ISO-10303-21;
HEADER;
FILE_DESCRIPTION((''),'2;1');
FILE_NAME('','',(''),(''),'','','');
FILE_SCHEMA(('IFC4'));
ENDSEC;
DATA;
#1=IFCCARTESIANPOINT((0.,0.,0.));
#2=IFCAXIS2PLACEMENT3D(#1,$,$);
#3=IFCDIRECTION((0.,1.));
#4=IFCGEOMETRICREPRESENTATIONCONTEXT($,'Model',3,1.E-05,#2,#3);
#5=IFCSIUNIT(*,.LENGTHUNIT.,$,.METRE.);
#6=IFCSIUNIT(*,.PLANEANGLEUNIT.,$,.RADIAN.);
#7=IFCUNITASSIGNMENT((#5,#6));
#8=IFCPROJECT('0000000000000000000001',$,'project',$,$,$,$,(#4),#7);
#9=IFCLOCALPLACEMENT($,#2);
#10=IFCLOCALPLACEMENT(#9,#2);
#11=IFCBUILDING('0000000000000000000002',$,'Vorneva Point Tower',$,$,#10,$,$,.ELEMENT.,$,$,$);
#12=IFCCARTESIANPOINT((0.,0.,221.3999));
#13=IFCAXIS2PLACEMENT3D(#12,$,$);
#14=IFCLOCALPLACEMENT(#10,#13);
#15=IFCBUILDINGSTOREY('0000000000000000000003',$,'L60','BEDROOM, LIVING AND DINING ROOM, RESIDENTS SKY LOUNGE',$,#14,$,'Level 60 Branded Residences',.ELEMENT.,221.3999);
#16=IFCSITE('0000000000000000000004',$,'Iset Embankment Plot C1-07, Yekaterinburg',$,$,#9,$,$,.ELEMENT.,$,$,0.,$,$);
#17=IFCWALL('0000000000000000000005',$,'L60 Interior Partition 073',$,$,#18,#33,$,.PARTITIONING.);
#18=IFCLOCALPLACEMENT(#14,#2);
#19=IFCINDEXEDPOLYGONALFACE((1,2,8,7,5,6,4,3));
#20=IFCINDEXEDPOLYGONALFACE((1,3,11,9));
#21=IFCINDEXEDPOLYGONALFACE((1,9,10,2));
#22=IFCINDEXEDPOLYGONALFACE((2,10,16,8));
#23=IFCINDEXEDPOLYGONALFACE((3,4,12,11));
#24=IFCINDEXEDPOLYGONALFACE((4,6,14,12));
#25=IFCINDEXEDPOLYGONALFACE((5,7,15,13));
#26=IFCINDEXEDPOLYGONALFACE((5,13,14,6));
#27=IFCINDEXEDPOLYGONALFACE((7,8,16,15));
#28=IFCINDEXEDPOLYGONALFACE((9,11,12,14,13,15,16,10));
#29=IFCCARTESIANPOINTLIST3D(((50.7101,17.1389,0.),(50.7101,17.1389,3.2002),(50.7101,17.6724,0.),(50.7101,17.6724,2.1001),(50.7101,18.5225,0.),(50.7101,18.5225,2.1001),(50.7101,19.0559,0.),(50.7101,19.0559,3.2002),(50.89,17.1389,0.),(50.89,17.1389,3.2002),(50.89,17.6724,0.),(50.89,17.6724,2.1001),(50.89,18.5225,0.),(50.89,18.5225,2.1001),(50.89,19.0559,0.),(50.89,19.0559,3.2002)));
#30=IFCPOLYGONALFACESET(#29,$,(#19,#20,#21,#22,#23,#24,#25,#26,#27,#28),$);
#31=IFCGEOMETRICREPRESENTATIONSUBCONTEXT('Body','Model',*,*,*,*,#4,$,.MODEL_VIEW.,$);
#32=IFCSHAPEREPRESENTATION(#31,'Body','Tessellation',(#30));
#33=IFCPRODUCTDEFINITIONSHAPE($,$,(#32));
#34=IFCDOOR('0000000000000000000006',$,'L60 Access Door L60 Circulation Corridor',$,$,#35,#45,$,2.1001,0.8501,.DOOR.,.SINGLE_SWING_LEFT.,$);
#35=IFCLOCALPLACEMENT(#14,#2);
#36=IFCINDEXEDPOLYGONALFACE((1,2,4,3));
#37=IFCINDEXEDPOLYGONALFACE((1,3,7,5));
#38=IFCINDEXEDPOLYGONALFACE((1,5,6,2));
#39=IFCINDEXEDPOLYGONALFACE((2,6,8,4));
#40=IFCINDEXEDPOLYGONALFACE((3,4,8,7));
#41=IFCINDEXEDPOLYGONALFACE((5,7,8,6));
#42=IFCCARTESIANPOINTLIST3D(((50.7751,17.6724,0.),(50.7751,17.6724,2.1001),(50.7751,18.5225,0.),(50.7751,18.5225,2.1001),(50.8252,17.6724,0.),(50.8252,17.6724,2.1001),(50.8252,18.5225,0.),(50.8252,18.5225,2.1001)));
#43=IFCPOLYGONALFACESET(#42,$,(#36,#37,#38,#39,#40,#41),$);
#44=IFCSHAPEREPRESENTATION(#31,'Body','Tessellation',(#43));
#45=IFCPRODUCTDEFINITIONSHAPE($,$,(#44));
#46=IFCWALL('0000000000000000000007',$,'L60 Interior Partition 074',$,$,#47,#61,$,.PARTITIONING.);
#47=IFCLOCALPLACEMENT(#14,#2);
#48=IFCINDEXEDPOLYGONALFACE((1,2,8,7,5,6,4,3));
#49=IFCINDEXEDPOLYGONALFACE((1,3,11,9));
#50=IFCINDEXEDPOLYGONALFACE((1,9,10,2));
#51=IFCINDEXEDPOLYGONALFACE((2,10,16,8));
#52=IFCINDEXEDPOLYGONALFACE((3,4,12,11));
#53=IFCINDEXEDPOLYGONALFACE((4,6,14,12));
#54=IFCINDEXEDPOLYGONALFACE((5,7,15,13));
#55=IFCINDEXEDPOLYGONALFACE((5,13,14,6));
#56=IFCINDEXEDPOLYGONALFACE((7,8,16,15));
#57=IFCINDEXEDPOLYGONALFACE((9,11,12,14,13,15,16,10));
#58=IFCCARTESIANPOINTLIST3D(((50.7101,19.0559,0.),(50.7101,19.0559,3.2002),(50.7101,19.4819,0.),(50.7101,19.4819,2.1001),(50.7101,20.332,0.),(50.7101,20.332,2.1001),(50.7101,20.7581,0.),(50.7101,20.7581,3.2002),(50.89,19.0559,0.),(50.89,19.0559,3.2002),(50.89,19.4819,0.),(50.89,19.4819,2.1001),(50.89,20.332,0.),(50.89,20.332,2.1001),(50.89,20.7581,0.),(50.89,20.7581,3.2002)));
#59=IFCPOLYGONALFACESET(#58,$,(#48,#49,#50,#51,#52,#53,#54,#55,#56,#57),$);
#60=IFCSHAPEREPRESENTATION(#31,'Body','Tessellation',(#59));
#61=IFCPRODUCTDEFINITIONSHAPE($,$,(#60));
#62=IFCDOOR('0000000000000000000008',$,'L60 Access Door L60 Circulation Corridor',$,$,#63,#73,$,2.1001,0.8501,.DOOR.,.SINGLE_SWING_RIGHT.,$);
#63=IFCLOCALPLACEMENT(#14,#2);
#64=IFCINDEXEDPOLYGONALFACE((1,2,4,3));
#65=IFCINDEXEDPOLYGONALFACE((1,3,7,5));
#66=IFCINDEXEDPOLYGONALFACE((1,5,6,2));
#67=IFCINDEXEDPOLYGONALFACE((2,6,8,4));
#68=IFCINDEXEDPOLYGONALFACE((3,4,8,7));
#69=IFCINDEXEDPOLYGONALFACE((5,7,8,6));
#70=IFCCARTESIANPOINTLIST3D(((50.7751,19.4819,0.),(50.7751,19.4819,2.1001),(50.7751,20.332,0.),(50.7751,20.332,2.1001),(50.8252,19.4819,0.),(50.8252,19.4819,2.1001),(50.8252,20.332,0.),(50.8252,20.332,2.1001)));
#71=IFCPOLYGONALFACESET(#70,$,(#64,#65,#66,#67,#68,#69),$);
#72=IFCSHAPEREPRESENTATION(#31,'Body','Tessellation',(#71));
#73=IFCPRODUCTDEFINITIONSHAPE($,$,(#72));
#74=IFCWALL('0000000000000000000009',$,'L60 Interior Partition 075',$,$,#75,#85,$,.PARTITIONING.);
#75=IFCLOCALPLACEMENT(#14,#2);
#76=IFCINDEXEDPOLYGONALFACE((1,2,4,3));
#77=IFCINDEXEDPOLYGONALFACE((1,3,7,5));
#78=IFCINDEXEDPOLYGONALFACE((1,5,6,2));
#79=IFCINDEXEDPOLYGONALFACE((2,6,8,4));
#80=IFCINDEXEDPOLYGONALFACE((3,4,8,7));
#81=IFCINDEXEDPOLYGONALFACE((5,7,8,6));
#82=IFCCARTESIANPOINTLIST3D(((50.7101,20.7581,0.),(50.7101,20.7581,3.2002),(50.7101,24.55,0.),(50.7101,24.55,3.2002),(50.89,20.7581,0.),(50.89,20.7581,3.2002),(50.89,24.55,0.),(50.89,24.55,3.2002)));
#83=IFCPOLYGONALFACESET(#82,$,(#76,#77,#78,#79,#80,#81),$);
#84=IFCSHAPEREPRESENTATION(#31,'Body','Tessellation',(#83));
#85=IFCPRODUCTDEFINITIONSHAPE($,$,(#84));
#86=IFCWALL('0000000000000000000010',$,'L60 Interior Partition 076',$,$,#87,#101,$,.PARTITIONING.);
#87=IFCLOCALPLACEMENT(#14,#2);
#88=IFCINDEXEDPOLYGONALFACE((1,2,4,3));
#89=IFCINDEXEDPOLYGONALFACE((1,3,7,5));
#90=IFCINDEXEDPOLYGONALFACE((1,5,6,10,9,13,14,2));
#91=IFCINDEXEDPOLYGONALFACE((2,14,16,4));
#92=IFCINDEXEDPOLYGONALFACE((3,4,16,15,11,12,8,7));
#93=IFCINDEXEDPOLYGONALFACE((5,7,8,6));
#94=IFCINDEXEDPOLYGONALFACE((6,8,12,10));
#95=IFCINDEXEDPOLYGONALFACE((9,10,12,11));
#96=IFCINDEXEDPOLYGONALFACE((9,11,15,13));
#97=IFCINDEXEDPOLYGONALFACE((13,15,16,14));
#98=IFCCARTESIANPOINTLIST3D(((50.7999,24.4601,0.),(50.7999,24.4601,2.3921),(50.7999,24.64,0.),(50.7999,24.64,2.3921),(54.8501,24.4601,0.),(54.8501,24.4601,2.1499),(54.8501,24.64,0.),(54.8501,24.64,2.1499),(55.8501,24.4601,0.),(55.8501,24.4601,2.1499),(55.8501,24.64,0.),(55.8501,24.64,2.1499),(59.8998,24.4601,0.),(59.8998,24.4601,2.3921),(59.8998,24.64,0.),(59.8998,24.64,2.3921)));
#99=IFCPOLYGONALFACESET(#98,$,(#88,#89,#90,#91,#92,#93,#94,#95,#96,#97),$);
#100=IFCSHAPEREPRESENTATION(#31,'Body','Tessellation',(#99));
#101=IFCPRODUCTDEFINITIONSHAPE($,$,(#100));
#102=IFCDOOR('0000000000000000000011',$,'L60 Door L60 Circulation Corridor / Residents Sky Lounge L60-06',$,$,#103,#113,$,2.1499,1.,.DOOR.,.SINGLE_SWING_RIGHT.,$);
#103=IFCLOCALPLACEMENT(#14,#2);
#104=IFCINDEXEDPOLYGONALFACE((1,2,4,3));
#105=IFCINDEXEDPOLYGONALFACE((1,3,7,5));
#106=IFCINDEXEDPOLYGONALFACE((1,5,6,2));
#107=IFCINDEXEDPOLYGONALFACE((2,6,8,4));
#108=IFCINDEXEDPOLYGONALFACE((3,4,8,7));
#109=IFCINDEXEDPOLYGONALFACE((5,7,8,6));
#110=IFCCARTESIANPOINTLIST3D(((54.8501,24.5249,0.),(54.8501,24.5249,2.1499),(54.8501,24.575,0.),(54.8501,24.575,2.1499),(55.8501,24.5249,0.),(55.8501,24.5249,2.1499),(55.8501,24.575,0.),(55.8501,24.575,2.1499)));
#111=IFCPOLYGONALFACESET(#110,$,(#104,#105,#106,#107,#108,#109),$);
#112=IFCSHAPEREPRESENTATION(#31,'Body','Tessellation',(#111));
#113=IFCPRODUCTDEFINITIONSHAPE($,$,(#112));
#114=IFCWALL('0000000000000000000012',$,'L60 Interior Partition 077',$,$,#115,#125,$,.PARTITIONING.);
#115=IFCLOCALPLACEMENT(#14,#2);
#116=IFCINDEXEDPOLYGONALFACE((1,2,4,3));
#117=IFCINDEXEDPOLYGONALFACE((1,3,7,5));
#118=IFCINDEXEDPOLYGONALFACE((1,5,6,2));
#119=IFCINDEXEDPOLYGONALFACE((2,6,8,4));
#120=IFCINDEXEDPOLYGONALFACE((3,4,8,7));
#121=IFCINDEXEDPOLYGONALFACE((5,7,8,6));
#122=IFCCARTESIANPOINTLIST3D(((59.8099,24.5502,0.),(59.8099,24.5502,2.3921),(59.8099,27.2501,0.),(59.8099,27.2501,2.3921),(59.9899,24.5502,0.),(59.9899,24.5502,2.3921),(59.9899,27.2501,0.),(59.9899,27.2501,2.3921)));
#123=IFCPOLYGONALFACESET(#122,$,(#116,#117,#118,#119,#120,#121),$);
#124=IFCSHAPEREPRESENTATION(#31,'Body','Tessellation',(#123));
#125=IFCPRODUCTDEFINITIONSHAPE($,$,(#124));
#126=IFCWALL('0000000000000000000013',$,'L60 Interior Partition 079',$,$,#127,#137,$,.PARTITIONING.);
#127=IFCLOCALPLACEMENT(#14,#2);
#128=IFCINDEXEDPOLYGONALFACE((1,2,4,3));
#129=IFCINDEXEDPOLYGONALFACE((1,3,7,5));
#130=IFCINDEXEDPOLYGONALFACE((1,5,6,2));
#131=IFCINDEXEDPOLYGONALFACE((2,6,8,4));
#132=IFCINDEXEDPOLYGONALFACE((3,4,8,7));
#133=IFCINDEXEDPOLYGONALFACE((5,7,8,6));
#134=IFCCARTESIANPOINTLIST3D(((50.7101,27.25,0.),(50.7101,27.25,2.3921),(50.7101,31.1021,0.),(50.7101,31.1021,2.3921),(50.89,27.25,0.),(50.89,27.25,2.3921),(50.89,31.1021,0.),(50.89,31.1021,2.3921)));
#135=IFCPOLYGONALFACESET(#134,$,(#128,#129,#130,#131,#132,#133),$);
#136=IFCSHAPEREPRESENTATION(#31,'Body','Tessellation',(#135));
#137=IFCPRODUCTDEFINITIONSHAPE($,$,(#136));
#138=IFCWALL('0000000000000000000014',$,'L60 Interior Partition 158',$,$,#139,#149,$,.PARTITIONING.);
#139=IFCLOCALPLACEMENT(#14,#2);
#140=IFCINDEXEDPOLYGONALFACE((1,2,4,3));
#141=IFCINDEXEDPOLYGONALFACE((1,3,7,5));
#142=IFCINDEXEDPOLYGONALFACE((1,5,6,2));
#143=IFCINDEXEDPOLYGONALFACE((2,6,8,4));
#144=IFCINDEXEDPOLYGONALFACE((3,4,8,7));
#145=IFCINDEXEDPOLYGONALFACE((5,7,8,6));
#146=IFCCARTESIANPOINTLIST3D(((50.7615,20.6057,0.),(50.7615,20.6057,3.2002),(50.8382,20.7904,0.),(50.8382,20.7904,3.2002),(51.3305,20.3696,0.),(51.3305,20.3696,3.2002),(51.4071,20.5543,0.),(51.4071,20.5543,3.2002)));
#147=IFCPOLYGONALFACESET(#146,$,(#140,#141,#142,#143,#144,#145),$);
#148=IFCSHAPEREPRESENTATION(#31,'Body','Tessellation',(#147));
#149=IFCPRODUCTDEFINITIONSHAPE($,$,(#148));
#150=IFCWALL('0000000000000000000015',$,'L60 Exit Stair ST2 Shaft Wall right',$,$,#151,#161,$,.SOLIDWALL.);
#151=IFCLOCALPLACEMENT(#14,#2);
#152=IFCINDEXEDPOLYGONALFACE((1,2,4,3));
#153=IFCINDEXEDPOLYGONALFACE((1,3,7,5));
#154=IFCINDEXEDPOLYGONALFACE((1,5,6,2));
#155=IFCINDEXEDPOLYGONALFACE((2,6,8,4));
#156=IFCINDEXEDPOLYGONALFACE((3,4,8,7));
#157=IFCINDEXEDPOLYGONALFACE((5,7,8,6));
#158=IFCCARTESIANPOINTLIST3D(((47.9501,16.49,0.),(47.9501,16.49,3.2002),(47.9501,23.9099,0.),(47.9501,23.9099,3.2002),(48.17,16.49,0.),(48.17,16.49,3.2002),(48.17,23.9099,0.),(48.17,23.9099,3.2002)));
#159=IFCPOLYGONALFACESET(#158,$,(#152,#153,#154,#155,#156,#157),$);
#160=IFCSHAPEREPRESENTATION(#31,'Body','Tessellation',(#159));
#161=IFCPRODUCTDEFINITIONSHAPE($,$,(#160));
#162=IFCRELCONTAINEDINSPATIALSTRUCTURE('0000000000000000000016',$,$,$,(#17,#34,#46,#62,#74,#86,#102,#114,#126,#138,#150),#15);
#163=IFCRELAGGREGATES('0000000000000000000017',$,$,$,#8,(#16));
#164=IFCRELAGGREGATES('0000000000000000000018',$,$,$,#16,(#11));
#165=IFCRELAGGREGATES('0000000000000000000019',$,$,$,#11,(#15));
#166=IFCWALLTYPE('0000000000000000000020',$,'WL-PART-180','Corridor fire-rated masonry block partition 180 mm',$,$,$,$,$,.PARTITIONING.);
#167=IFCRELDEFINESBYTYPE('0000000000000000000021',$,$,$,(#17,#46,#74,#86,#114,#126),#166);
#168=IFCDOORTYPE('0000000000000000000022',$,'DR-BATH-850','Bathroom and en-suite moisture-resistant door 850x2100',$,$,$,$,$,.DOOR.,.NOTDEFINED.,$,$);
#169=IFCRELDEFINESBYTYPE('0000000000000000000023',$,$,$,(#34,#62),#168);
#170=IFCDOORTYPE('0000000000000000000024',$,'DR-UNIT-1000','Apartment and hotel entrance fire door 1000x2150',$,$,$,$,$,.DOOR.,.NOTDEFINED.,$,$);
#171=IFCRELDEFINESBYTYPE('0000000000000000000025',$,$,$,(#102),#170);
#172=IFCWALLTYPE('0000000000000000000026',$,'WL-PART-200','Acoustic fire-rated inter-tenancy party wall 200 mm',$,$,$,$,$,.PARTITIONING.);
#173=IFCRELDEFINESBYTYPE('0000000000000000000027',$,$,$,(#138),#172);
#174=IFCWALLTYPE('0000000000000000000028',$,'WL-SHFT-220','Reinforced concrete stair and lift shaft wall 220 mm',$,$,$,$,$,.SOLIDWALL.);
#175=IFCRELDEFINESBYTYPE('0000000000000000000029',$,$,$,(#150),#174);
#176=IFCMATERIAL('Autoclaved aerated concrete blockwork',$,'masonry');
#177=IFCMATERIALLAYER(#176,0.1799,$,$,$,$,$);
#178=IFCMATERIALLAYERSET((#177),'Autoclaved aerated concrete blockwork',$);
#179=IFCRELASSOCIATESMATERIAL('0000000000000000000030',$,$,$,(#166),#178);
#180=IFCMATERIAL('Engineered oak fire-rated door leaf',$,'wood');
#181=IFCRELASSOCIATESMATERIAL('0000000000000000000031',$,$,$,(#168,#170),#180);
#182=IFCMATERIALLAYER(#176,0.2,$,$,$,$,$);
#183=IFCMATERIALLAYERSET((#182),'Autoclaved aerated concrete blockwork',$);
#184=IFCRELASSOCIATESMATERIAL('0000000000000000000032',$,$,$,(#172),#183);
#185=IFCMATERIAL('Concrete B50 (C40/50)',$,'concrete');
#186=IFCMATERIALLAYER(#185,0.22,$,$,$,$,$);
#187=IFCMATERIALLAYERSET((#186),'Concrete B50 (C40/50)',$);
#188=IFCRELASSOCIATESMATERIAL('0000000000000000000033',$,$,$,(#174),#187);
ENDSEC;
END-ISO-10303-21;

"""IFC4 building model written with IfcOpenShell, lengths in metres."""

from ifc_helpers import new_model, si_unit, direction, frame, frame_2d, origin, place, context, subcontext, project, spatial, rectangle, extrude, material, layer, layer_set, type_object, element, fill, save


model = new_model("IFC4")

# Units and contexts
model_context = context("Model", 3, precision=1e-05, world=origin(), true_north=direction((0.0, 1.0)))
body_context = subcontext(model_context, "Body", "Model", "MODEL_VIEW")
ifc_project = project(units=[si_unit("LENGTHUNIT", "METRE"), si_unit("PLANEANGLEUNIT", "RADIAN")], contexts=[model_context])

# Site, building, storey
site_placement = place(None, origin())
site = spatial("IfcSite", under=ifc_project, at=site_placement, Name="Iset Embankment Plot C1-07, Yekaterinburg", CompositionType="ELEMENT", RefElevation=0.0)
building_placement = place(site_placement, origin())
building = spatial("IfcBuilding", under=site, at=building_placement, Name="Vorneva Point Tower", CompositionType="ELEMENT")
storey_placement = place(building_placement, frame((0.0, 0.0, 221.3999)))
storey = spatial("IfcBuildingStorey", under=building, at=storey_placement, Name="L60", Description="BEDROOM, LIVING AND DINING ROOM, RESIDENTS SKY LOUNGE", LongName="Level 60 Branded Residences", CompositionType="ELEMENT", Elevation=221.3999)

# Shared definitions
ifc_material_1 = material(Name="Concrete B50 (C40/50)", Category="concrete")

# Walls, openings, doors
ifc_material_2 = material(Name="Autoclaved aerated concrete blockwork", Category="masonry")
ifc_layer_1 = layer(ifc_material_2, 0.1799)
ifc_layer_set_1 = layer_set([ifc_layer_1], Name="Autoclaved aerated concrete blockwork")
wall_type_1 = type_object("IfcWallType", Name="WL-PART-180", Description="Corridor fire-rated masonry block partition 180 mm", PredefinedType="PARTITIONING", material=ifc_layer_set_1)
wall_1_placement = place(storey_placement, frame((50.8, 17.1389, 0.0), z_axis=(0.0, 0.0, 1.0), x_axis=(0.0, 1.0, 0.0)))
wall_1 = element("IfcWall", 1, at=wall_1_placement, inside=storey, type_object=wall_type_1, Name="L60 Interior Partition 073", PredefinedType="PARTITIONING", context=body_context, shape_type="SweptSolid", body=[
    extrude(rectangle(XDim=1.917, YDim=0.1799, at=frame_2d((0.9585, 0.0))), origin(), (0.0, 0.0, 1.0), 3.2002),
])
opening_1_placement = place(wall_1_placement, frame((0.5334, 0.0, 0.0)))
opening_1 = element("IfcOpeningElement", 2, at=opening_1_placement, cuts=wall_1, PredefinedType="OPENING", context=body_context, shape_type="SweptSolid", body=[
    extrude(rectangle(XDim=0.8501, YDim=2.1001, at=frame_2d((0.425, 1.05))), frame((0.0, 0.105, 0.0), z_axis=(0.0, -1.0, 0.0), x_axis=(1.0, 0.0, 0.0)), (0.0, 0.0, 1.0), 0.2097),
])
ifc_material_3 = material(Name="Engineered oak fire-rated door leaf", Category="wood")
door_type_1 = type_object("IfcDoorType", Name="DR-BATH-850", Description="Bathroom and en-suite moisture-resistant door 850x2100", OperationType="NOTDEFINED", PredefinedType="DOOR", material=ifc_material_3)
door_1_placement = place(opening_1_placement, origin())
door_1 = element("IfcDoor", 3, at=door_1_placement, inside=storey, type_object=door_type_1, Name="L60 Access Door L60 Circulation Corridor", OperationType="SINGLE_SWING_LEFT", OverallHeight=2.1001, OverallWidth=0.8501, PredefinedType="DOOR", context=body_context, shape_type="SweptSolid", body=[
    extrude(rectangle(XDim=0.8501, YDim=2.1001, at=frame_2d((0.425, 1.05))), frame((0.0, 0.0249, 0.0), z_axis=(0.0, -1.0, 0.0), x_axis=(1.0, 0.0, 0.0)), (0.0, 0.0, 1.0), 0.05),
])
fill(opening_1, door_1)
wall_2_placement = place(storey_placement, frame((50.8, 19.0559, 0.0), z_axis=(0.0, 0.0, 1.0), x_axis=(0.0, 1.0, 0.0)))
wall_2 = element("IfcWall", 4, at=wall_2_placement, inside=storey, type_object=wall_type_1, Name="L60 Interior Partition 074", PredefinedType="PARTITIONING", context=body_context, shape_type="SweptSolid", body=[
    extrude(rectangle(XDim=1.7021, YDim=0.1799, at=frame_2d((0.8511, 0.0))), origin(), (0.0, 0.0, 1.0), 3.2002),
])
opening_2_placement = place(wall_2_placement, frame((0.426, 0.0, 0.0)))
opening_2 = element("IfcOpeningElement", 5, at=opening_2_placement, cuts=wall_2, PredefinedType="OPENING", context=body_context, shape_type="SweptSolid", body=[
    extrude(rectangle(XDim=0.8501, YDim=2.1001, at=frame_2d((0.425, 1.05))), frame((0.0, 0.105, 0.0), z_axis=(0.0, -1.0, 0.0), x_axis=(1.0, 0.0, 0.0)), (0.0, 0.0, 1.0), 0.2097),
])
door_2_placement = place(opening_2_placement, origin())
door_2 = element("IfcDoor", 6, at=door_2_placement, inside=storey, type_object=door_type_1, Name="L60 Access Door L60 Circulation Corridor", OperationType="SINGLE_SWING_RIGHT", OverallHeight=2.1001, OverallWidth=0.8501, PredefinedType="DOOR", context=body_context, shape_type="SweptSolid", body=[
    extrude(rectangle(XDim=0.8501, YDim=2.1001, at=frame_2d((0.425, 1.05))), frame((0.0, 0.0249, 0.0), z_axis=(0.0, -1.0, 0.0), x_axis=(1.0, 0.0, 0.0)), (0.0, 0.0, 1.0), 0.05),
])
fill(opening_2, door_2)

# Wall
wall_3_placement = place(storey_placement, frame((50.8, 20.7581, 0.0), z_axis=(0.0, 0.0, 1.0), x_axis=(0.0, 1.0, 0.0)))
element("IfcWall", 7, at=wall_3_placement, inside=storey, type_object=wall_type_1, Name="L60 Interior Partition 075", PredefinedType="PARTITIONING", context=body_context, shape_type="SweptSolid", body=[
    extrude(rectangle(XDim=3.792, YDim=0.1799, at=frame_2d((1.896, 0.0))), origin(), (0.0, 0.0, 1.0), 3.2002),
])

# Wall, opening, door
wall_4_placement = place(storey_placement, frame((50.8, 24.55, 0.0), z_axis=(0.0, 0.0, 1.0), x_axis=(1.0, 0.0, 0.0)))
wall_4 = element("IfcWall", 8, at=wall_4_placement, inside=storey, type_object=wall_type_1, Name="L60 Interior Partition 076", PredefinedType="PARTITIONING", context=body_context, shape_type="SweptSolid", body=[
    extrude(rectangle(XDim=9.0999, YDim=0.1799, at=frame_2d((4.5498, 0.0))), origin(), (0.0, 0.0, 1.0), 2.3921),
])
opening_3_placement = place(wall_4_placement, frame((4.05, 0.0, 0.0)))
opening_3 = element("IfcOpeningElement", 9, at=opening_3_placement, cuts=wall_4, PredefinedType="OPENING", context=body_context, shape_type="SweptSolid", body=[
    extrude(rectangle(XDim=1.0, YDim=2.1499, at=frame_2d((0.5, 1.075))), frame((0.0, 0.105, 0.0), z_axis=(0.0, -1.0, 0.0), x_axis=(1.0, 0.0, 0.0)), (0.0, 0.0, 1.0), 0.2097),
])
door_type_2 = type_object("IfcDoorType", Name="DR-UNIT-1000", Description="Apartment and hotel entrance fire door 1000x2150", OperationType="NOTDEFINED", PredefinedType="DOOR", material=ifc_material_3)
door_3_placement = place(opening_3_placement, origin())
door_3 = element("IfcDoor", 10, at=door_3_placement, inside=storey, type_object=door_type_2, Name="L60 Door L60 Circulation Corridor / Residents Sky Lounge L60-06", OperationType="SINGLE_SWING_RIGHT", OverallHeight=2.1499, OverallWidth=1.0, PredefinedType="DOOR", context=body_context, shape_type="SweptSolid", body=[
    extrude(rectangle(XDim=1.0, YDim=2.1499, at=frame_2d((0.5, 1.075))), frame((0.0, 0.0249, 0.0), z_axis=(0.0, -1.0, 0.0), x_axis=(1.0, 0.0, 0.0)), (0.0, 0.0, 1.0), 0.05),
])
fill(opening_3, door_3)

# Walls
wall_5_placement = place(storey_placement, frame((59.8999, 24.55, 0.0), z_axis=(0.0, 0.0, 1.0), x_axis=(0.0, 1.0, 0.0)))
element("IfcWall", 11, at=wall_5_placement, inside=storey, type_object=wall_type_1, Name="L60 Interior Partition 077", PredefinedType="PARTITIONING", context=body_context, shape_type="SweptSolid", body=[
    extrude(rectangle(XDim=2.7, YDim=0.1799, at=frame_2d((1.3501, 0.0))), origin(), (0.0, 0.0, 1.0), 2.3921),
])
wall_6_placement = place(storey_placement, frame((50.8, 27.25, 0.0), z_axis=(0.0, 0.0, 1.0), x_axis=(0.0, 1.0, 0.0)))
element("IfcWall", 12, at=wall_6_placement, inside=storey, type_object=wall_type_1, Name="L60 Interior Partition 079", PredefinedType="PARTITIONING", context=body_context, shape_type="SweptSolid", body=[
    extrude(rectangle(XDim=3.8521, YDim=0.1799, at=frame_2d((1.926, 0.0))), origin(), (0.0, 0.0, 1.0), 2.3921),
])
ifc_layer_2 = layer(ifc_material_2, 0.2)
ifc_layer_set_2 = layer_set([ifc_layer_2], Name="Autoclaved aerated concrete blockwork")
wall_type_2 = type_object("IfcWallType", Name="WL-PART-200", Description="Acoustic fire-rated inter-tenancy party wall 200 mm", PredefinedType="PARTITIONING", material=ifc_layer_set_2)
wall_7_placement = place(storey_placement, frame((51.3689, 20.4619, 0.0), z_axis=(0.0, 0.0, 1.0), x_axis=(-0.923615, 0.38332, 0.0)))
element("IfcWall", 13, at=wall_7_placement, inside=storey, type_object=wall_type_2, Name="L60 Interior Partition 158", PredefinedType="PARTITIONING", context=body_context, shape_type="SweptSolid", body=[
    extrude(rectangle(XDim=0.616, YDim=0.2, at=frame_2d((0.3081, 0.0))), origin(), (0.0, 0.0, 1.0), 3.2002),
])
ifc_layer_3 = layer(ifc_material_1, 0.22)
ifc_layer_set_3 = layer_set([ifc_layer_3], Name="Concrete B50 (C40/50)")
wall_type_3 = type_object("IfcWallType", Name="WL-SHFT-220", Description="Reinforced concrete stair and lift shaft wall 220 mm", PredefinedType="SOLIDWALL", material=ifc_layer_set_3)
wall_8_placement = place(storey_placement, frame((48.0601, 23.9099, 0.0), z_axis=(0.0, 0.0, 1.0), x_axis=(0.0, -1.0, 0.0)))
element("IfcWall", 14, at=wall_8_placement, inside=storey, type_object=wall_type_3, Name="L60 Exit Stair ST2 Shaft Wall right", PredefinedType="SOLIDWALL", context=body_context, shape_type="SweptSolid", body=[
    extrude(rectangle(XDim=7.4199, YDim=0.22, at=frame_2d((3.71, 0.0))), origin(), (0.0, 0.0, 1.0), 3.2002),
])

save(model, "model.ifc")
